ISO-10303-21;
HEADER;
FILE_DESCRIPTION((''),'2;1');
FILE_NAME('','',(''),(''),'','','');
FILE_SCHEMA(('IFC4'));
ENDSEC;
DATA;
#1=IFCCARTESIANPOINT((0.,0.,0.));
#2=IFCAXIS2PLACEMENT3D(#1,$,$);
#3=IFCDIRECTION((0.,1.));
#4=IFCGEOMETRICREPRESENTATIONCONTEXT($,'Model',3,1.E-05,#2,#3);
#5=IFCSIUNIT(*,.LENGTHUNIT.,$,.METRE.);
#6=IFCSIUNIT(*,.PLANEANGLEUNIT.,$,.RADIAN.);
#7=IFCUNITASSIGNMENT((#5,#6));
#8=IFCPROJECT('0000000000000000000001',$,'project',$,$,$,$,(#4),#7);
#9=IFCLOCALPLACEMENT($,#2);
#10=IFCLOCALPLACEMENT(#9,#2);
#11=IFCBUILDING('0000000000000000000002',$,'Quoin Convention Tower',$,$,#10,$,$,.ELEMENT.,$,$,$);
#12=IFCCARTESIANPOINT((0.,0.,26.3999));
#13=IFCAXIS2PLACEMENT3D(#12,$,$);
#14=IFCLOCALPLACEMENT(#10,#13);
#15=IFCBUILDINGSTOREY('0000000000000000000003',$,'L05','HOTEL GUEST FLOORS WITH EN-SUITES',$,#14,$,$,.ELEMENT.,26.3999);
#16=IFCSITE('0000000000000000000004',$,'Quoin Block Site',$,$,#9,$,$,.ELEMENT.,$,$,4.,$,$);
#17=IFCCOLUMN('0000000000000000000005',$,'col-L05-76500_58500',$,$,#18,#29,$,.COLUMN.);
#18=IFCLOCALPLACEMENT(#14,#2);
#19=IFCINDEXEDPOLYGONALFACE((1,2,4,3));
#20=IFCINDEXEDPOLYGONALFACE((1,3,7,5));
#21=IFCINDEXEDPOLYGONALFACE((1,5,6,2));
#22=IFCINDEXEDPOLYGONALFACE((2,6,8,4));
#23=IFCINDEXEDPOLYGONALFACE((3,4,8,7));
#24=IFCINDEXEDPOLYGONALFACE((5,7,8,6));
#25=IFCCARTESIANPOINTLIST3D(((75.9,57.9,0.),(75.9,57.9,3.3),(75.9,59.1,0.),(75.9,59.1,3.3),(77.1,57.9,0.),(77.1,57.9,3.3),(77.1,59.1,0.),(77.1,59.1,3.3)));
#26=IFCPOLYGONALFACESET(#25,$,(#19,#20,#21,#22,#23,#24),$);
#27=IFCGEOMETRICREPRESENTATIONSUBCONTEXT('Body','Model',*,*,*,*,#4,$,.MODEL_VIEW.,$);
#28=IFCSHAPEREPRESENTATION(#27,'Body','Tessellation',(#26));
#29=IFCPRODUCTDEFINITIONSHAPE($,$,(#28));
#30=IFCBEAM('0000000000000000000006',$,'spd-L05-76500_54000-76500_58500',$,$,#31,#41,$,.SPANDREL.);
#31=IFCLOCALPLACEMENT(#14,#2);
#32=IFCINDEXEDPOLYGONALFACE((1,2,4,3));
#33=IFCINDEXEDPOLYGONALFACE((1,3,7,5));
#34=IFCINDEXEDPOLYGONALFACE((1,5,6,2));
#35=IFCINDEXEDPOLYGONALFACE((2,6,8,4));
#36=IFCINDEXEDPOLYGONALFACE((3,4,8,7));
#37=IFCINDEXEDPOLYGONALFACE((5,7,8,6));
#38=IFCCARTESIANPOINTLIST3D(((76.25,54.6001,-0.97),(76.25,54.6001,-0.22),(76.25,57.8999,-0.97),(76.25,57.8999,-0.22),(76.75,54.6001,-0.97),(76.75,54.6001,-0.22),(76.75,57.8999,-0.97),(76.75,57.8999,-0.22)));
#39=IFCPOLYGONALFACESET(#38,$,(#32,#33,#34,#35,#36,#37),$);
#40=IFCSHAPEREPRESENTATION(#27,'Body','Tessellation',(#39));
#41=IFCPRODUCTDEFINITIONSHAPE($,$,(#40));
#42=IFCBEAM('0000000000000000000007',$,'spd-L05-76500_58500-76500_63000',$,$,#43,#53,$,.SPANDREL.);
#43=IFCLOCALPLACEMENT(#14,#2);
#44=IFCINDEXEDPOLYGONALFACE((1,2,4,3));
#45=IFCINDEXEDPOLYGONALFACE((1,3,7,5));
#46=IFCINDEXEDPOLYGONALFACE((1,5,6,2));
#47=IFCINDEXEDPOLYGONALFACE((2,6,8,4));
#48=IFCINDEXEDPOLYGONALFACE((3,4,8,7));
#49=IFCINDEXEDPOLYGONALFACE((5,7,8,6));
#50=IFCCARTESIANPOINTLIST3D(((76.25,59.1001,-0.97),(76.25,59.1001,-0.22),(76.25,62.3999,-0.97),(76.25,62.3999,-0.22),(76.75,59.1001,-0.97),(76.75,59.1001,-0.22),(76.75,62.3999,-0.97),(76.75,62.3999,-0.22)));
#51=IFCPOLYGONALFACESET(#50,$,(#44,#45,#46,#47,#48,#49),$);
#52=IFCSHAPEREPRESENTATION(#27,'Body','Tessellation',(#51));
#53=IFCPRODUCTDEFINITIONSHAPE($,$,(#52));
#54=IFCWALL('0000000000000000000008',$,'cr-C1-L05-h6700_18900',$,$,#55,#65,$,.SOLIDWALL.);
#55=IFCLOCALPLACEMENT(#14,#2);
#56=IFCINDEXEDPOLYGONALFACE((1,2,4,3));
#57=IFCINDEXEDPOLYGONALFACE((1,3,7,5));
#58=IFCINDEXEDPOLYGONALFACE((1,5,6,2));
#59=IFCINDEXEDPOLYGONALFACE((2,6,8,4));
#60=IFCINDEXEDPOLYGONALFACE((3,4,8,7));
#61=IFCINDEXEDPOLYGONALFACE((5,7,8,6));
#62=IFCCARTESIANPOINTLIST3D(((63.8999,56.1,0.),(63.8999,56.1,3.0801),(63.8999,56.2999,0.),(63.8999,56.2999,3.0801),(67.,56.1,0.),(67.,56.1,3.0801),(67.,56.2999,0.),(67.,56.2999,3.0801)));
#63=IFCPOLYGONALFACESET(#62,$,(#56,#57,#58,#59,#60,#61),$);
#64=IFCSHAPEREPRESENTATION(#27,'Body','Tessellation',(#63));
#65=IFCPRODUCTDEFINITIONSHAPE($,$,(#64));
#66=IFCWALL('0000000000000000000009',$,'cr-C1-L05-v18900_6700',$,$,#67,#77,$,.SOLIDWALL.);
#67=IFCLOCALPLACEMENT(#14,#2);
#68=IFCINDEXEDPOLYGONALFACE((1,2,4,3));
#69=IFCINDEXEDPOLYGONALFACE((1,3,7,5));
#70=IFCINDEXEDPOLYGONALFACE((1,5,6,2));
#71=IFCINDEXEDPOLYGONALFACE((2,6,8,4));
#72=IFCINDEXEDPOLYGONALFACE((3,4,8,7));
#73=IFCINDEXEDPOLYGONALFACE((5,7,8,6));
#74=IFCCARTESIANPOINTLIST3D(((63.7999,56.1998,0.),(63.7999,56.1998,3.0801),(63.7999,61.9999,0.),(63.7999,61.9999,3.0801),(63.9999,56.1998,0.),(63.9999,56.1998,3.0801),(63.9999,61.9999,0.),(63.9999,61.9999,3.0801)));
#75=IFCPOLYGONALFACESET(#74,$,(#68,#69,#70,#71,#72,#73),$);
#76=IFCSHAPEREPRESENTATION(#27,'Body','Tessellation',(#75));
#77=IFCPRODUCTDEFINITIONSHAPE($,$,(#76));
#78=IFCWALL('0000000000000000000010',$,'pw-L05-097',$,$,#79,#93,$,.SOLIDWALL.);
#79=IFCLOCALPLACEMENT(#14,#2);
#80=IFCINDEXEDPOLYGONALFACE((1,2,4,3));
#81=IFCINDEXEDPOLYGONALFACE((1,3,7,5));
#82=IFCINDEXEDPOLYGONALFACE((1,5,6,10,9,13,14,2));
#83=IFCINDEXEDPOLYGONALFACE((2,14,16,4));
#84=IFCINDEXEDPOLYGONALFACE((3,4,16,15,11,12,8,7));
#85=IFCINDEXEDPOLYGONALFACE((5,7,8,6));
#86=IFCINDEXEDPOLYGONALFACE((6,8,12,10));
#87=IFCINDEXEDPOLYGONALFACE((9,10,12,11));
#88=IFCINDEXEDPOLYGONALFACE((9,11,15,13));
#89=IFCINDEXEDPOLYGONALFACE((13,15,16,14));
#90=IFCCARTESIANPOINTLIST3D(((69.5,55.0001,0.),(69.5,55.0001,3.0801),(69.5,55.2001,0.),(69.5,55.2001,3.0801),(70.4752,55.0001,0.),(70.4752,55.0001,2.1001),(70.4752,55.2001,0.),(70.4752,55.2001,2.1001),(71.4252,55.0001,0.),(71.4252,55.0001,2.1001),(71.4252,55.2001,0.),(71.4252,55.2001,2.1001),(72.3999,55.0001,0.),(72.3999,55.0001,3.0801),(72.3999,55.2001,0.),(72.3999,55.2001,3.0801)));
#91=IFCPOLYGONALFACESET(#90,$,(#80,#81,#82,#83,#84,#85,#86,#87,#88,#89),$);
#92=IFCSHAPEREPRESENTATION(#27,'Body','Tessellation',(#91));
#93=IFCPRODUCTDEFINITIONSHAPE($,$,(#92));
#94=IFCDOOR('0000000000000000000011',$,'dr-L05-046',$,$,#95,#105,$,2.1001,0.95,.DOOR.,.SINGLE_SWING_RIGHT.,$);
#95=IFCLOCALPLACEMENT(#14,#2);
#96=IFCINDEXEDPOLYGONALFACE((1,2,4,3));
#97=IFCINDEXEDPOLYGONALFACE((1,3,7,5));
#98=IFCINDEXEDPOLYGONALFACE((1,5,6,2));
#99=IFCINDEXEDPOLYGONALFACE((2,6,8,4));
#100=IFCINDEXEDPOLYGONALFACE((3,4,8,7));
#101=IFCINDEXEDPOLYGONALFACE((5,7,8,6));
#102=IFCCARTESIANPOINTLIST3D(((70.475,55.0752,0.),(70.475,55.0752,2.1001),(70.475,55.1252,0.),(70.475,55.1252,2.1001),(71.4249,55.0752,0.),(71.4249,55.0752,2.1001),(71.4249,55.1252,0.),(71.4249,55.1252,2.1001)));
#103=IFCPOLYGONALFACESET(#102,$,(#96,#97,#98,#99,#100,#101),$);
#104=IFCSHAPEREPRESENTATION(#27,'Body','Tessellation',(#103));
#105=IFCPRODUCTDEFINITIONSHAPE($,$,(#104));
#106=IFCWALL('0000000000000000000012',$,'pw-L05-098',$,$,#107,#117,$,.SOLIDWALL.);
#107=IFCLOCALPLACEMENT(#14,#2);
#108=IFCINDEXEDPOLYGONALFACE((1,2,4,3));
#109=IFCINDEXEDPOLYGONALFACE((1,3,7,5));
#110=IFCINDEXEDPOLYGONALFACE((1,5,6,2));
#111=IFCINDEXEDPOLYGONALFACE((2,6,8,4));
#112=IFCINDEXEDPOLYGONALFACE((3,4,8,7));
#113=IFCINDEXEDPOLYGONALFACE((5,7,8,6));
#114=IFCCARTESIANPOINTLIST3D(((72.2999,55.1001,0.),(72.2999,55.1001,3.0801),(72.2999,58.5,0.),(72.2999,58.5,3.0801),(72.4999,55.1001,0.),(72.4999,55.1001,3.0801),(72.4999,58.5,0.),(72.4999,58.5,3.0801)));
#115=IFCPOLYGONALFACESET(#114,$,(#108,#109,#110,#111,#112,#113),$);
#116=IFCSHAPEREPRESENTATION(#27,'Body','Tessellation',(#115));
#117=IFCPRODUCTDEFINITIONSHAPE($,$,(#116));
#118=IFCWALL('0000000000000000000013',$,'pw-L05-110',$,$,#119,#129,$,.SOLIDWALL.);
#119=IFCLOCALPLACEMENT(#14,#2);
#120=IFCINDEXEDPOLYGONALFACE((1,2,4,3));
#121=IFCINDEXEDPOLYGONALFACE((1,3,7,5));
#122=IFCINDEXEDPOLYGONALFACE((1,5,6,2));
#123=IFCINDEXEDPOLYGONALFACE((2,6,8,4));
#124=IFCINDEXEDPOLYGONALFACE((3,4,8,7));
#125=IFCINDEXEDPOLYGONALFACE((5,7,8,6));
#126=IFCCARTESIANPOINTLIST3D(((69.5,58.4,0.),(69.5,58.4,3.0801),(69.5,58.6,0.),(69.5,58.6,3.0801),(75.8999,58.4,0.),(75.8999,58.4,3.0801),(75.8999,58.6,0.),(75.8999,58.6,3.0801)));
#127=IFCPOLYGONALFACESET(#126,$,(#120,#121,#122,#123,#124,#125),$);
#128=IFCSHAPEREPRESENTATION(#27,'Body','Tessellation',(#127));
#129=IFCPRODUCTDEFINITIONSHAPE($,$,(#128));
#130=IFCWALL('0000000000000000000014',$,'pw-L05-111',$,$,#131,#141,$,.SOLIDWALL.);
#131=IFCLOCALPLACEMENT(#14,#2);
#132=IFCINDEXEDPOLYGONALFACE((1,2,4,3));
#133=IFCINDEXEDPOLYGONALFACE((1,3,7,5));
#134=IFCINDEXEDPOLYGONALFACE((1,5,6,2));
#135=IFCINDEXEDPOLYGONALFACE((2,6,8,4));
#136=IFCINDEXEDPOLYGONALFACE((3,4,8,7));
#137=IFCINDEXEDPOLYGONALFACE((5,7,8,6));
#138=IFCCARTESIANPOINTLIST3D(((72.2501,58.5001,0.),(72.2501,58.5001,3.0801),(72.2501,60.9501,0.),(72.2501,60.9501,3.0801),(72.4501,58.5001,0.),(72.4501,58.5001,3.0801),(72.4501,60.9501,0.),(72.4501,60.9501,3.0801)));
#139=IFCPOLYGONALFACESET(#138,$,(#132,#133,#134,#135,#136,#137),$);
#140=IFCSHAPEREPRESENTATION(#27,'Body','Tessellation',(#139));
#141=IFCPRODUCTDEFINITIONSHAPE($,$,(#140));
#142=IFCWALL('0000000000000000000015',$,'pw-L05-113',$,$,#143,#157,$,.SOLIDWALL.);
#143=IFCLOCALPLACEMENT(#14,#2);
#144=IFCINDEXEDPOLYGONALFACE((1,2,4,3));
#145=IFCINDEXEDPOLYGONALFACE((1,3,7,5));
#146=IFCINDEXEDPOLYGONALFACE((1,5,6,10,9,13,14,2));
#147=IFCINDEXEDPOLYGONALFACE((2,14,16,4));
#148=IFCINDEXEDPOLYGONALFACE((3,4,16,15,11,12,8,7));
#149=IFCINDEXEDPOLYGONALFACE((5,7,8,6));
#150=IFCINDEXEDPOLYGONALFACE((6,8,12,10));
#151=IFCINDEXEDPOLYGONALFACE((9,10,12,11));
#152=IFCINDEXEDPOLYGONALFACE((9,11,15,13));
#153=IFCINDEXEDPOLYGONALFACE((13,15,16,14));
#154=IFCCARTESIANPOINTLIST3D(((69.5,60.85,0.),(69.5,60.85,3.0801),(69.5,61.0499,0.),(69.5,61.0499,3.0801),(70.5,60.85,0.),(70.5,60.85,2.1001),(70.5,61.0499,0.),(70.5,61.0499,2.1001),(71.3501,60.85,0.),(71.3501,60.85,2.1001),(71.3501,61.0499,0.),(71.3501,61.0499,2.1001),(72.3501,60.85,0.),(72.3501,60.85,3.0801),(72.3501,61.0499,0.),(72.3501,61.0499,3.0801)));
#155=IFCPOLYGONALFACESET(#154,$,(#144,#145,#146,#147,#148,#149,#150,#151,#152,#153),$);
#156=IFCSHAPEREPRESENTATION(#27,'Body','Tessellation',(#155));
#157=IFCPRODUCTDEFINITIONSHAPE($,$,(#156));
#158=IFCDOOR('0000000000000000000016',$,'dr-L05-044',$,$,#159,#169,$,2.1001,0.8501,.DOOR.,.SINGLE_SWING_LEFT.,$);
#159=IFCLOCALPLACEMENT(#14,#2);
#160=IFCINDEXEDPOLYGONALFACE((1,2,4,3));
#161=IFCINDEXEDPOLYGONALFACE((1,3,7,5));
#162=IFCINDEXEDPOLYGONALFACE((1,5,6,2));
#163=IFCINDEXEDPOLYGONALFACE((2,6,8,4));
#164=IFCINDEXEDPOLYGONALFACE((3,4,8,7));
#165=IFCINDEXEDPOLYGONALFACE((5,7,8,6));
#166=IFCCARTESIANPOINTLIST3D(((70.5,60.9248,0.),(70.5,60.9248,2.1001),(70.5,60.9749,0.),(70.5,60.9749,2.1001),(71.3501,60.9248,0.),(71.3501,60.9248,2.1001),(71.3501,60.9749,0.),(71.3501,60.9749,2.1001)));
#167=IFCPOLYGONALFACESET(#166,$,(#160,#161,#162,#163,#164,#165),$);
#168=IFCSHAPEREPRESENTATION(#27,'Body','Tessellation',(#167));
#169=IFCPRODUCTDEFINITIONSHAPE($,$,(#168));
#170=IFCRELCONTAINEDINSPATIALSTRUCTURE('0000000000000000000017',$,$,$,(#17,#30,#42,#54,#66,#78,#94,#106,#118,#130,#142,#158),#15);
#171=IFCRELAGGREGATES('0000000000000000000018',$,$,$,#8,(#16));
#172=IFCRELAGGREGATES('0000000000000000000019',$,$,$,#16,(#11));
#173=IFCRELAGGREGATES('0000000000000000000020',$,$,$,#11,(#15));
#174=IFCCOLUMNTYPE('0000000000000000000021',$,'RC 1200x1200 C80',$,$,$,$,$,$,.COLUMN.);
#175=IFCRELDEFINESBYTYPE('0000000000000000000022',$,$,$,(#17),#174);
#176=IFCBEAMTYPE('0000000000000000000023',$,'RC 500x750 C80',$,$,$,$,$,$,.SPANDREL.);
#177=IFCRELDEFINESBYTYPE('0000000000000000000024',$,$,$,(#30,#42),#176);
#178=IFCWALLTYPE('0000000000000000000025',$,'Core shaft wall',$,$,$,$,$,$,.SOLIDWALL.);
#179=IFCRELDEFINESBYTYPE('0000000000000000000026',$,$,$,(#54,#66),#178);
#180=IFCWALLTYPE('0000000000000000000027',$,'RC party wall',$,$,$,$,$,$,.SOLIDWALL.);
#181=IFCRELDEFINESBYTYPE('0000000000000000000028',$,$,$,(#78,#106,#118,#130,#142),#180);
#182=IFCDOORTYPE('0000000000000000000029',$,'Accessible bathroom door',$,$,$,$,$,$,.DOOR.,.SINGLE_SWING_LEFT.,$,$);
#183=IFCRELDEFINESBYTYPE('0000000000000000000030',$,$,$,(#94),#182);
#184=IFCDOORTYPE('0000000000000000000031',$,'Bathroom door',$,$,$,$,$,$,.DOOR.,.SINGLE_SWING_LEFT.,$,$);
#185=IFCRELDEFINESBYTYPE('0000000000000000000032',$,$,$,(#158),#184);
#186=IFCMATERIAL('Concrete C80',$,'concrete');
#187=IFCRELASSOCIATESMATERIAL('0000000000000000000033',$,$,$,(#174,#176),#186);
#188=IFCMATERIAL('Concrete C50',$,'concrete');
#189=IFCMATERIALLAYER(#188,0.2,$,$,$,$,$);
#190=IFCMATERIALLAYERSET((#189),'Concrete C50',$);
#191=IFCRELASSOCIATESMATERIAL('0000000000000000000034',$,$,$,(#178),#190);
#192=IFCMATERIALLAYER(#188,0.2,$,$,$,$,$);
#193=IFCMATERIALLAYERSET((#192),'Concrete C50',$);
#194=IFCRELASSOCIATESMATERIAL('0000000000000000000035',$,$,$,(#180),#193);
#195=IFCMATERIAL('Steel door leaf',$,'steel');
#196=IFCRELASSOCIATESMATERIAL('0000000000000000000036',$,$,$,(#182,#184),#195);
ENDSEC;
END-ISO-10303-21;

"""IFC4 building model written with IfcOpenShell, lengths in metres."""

from ifc_helpers import new_model, si_unit, direction, frame, frame_2d, origin, origin_2d, place, context, subcontext, project, spatial, rectangle, extrude, material, layer, layer_set, material_profile, profile_set, type_object, element, fill, save


model = new_model("IFC4")

# Units and contexts
model_context = context("Model", 3, precision=1e-05, world=origin(), true_north=direction((0.0, 1.0)))
body_context = subcontext(model_context, "Body", "Model", "MODEL_VIEW")
ifc_project = project(units=[si_unit("LENGTHUNIT", "METRE"), si_unit("PLANEANGLEUNIT", "RADIAN")], contexts=[model_context])

# Site, building, storey
site_placement = place(None, origin())
site = spatial("IfcSite", under=ifc_project, at=site_placement, Name="Quoin Block Site", CompositionType="ELEMENT", RefElevation=4.0)
building_placement = place(site_placement, origin())
building = spatial("IfcBuilding", under=site, at=building_placement, Name="Quoin Convention Tower", CompositionType="ELEMENT")
storey_placement = place(building_placement, frame((0.0, 0.0, 26.3999)))
storey = spatial("IfcBuildingStorey", under=building, at=storey_placement, Name="L05", Description="HOTEL GUEST FLOORS WITH EN-SUITES", CompositionType="ELEMENT", Elevation=26.3999)

# Column
ifc_material_1 = material(Name="Concrete C80", Category="concrete")
ifc_material_profile_1 = material_profile(ifc_material_1, rectangle(XDim=1.2, YDim=1.2, at=origin_2d()), Name="RC 1200x1200")
ifc_profile_set_1 = profile_set([ifc_material_profile_1], Name="Concrete C80")
column_type = type_object("IfcColumnType", Name="RC 1200x1200 C80", PredefinedType="COLUMN", material=ifc_profile_set_1)
column_placement = place(storey_placement, frame((76.5, 58.5, 0.0), z_axis=(0.0, 0.0, 1.0), x_axis=(1.0, 0.0, 0.0)))
element("IfcColumn", 1, at=column_placement, inside=storey, type_object=column_type, Name="col-L05-76500_58500", PredefinedType="COLUMN", context=body_context, shape_type="SweptSolid", body=[
    extrude(rectangle(XDim=1.2, YDim=1.2, at=origin_2d()), origin(), (0.0, 0.0, 1.0), 3.3),
])

# Beams
ifc_material_profile_2 = material_profile(ifc_material_1, rectangle(XDim=0.5, YDim=0.75, at=origin_2d()), Name="RC 500x750")
ifc_profile_set_2 = profile_set([ifc_material_profile_2], Name="Concrete C80")
beam_type = type_object("IfcBeamType", Name="RC 500x750 C80", PredefinedType="SPANDREL", material=ifc_profile_set_2)
for number, where, z_axis, x_axis, name in (
    (2, (76.5, 54.6001, -0.595), (0.0, 1.0, 0.0), (-1.0, 0.0, 0.0), "spd-L05-76500_54000-76500_58500"),
    (3, (76.5, 59.1001, -0.595), (0.0, 1.0, 0.0), (-1.0, 0.0, 0.0), "spd-L05-76500_58500-76500_63000"),
):
    element("IfcBeam", number, at=place(storey_placement, frame(where, z_axis=z_axis, x_axis=x_axis)), inside=storey, type_object=beam_type, Name=name, PredefinedType="SPANDREL", context=body_context, shape_type="SweptSolid", body=[
        extrude(rectangle(XDim=0.5, YDim=0.75, at=origin_2d()), origin(), (0.0, 0.0, 1.0), 3.2998),
    ])

# Walls
ifc_material_2 = material(Name="Concrete C50", Category="concrete")
ifc_layer_1 = layer(ifc_material_2, 0.2)
ifc_layer_set_1 = layer_set([ifc_layer_1], Name="Concrete C50")
wall_type_1 = type_object("IfcWallType", Name="Core shaft wall", PredefinedType="SOLIDWALL", material=ifc_layer_set_1)
wall_1_placement = place(storey_placement, frame((63.8999, 56.2, 0.0), z_axis=(0.0, 0.0, 1.0), x_axis=(1.0, 0.0, 0.0)))
element("IfcWall", 4, at=wall_1_placement, inside=storey, type_object=wall_type_1, Name="cr-C1-L05-h6700_18900", PredefinedType="SOLIDWALL", context=body_context, shape_type="SweptSolid", body=[
    extrude(rectangle(XDim=3.1001, YDim=0.2, at=frame_2d((1.55, 0.0))), origin(), (0.0, 0.0, 1.0), 3.0801),
])
wall_2_placement = place(storey_placement, frame((63.8999, 56.2, 0.0), z_axis=(0.0, 0.0, 1.0), x_axis=(0.0, 1.0, 0.0)))
element("IfcWall", 5, at=wall_2_placement, inside=storey, type_object=wall_type_1, Name="cr-C1-L05-v18900_6700", PredefinedType="SOLIDWALL", context=body_context, shape_type="SweptSolid", body=[
    extrude(rectangle(XDim=5.8, YDim=0.2, at=frame_2d((2.8999, 0.0))), origin(), (0.0, 0.0, 1.0), 3.0801),
])

# Wall, opening, door
ifc_layer_2 = layer(ifc_material_2, 0.2)
ifc_layer_set_2 = layer_set([ifc_layer_2], Name="Concrete C50")
wall_type_2 = type_object("IfcWallType", Name="RC party wall", PredefinedType="SOLIDWALL", material=ifc_layer_set_2)
wall_3_placement = place(storey_placement, frame((69.5, 55.1001, 0.0), z_axis=(0.0, 0.0, 1.0), x_axis=(1.0, 0.0, 0.0)))
wall_3 = element("IfcWall", 6, at=wall_3_placement, inside=storey, type_object=wall_type_2, Name="pw-L05-097", PredefinedType="SOLIDWALL", context=body_context, shape_type="SweptSolid", body=[
    extrude(rectangle(XDim=2.8999, YDim=0.2, at=frame_2d((1.45, 0.0))), origin(), (0.0, 0.0, 1.0), 3.0801),
])
opening_1_placement = place(wall_3_placement, frame((0.9751, 0.0, 0.0)))
opening_1 = element("IfcOpeningElement", 7, at=opening_1_placement, cuts=wall_3, PredefinedType="OPENING", context=body_context, shape_type="SweptSolid", body=[
    extrude(rectangle(XDim=0.95, YDim=2.1001, at=frame_2d((0.4751, 1.05))), frame((0.0, 0.1099, 0.0), z_axis=(0.0, -1.0, 0.0), x_axis=(1.0, 0.0, 0.0)), (0.0, 0.0, 1.0), 0.22),
])
ifc_material_3 = material(Name="Steel door leaf", Category="steel")
door_type_1 = type_object("IfcDoorType", Name="Accessible bathroom door", OperationType="SINGLE_SWING_LEFT", PredefinedType="DOOR", material=ifc_material_3)
door_1_placement = place(opening_1_placement, frame((0.95, 0.0, 0.0), z_axis=(0.0, 0.0, 1.0), x_axis=(-1.0, 0.0, 0.0)))
door_1 = element("IfcDoor", 8, at=door_1_placement, inside=storey, type_object=door_type_1, Name="dr-L05-046", OperationType="SINGLE_SWING_RIGHT", OverallHeight=2.1001, OverallWidth=0.95, PredefinedType="DOOR", context=body_context, shape_type="SweptSolid", body=[
    extrude(rectangle(XDim=0.95, YDim=2.1001, at=frame_2d((0.4751, 1.05))), frame((0.0, 0.0249, 0.0), z_axis=(0.0, -1.0, 0.0), x_axis=(1.0, 0.0, 0.0)), (0.0, 0.0, 1.0), 0.05),
])
fill(opening_1, door_1)

# Walls
wall_4_placement = place(storey_placement, frame((72.3999, 55.1001, 0.0), z_axis=(0.0, 0.0, 1.0), x_axis=(0.0, 1.0, 0.0)))
element("IfcWall", 9, at=wall_4_placement, inside=storey, type_object=wall_type_2, Name="pw-L05-098", PredefinedType="SOLIDWALL", context=body_context, shape_type="SweptSolid", body=[
    extrude(rectangle(XDim=3.3999, YDim=0.2, at=frame_2d((1.7, 0.0))), origin(), (0.0, 0.0, 1.0), 3.0801),
])
wall_5_placement = place(storey_placement, frame((69.5, 58.5, 0.0), z_axis=(0.0, 0.0, 1.0), x_axis=(1.0, 0.0, 0.0)))
element("IfcWall", 10, at=wall_5_placement, inside=storey, type_object=wall_type_2, Name="pw-L05-110", PredefinedType="SOLIDWALL", context=body_context, shape_type="SweptSolid", body=[
    extrude(rectangle(XDim=6.3999, YDim=0.2, at=frame_2d((3.2, 0.0))), origin(), (0.0, 0.0, 1.0), 3.0801),
])
wall_6_placement = place(storey_placement, frame((72.3501, 58.5, 0.0), z_axis=(0.0, 0.0, 1.0), x_axis=(0.0, 1.0, 0.0)))
element("IfcWall", 11, at=wall_6_placement, inside=storey, type_object=wall_type_2, Name="pw-L05-111", PredefinedType="SOLIDWALL", context=body_context, shape_type="SweptSolid", body=[
    extrude(rectangle(XDim=2.45, YDim=0.2, at=frame_2d((1.2251, 0.0))), origin(), (0.0, 0.0, 1.0), 3.0801),
])

# Wall, opening, door
wall_7_placement = place(storey_placement, frame((69.5, 60.95, 0.0), z_axis=(0.0, 0.0, 1.0), x_axis=(1.0, 0.0, 0.0)))
wall_7 = element("IfcWall", 12, at=wall_7_placement, inside=storey, type_object=wall_type_2, Name="pw-L05-113", PredefinedType="SOLIDWALL", context=body_context, shape_type="SweptSolid", body=[
    extrude(rectangle(XDim=2.8501, YDim=0.2, at=frame_2d((1.425, 0.0))), origin(), (0.0, 0.0, 1.0), 3.0801),
])
opening_2_placement = place(wall_7_placement, frame((1.0, 0.0, 0.0)))
opening_2 = element("IfcOpeningElement", 13, at=opening_2_placement, cuts=wall_7, PredefinedType="OPENING", context=body_context, shape_type="SweptSolid", body=[
    extrude(rectangle(XDim=0.8501, YDim=2.1001, at=frame_2d((0.425, 1.05))), frame((0.0, 0.1099, 0.0), z_axis=(0.0, -1.0, 0.0), x_axis=(1.0, 0.0, 0.0)), (0.0, 0.0, 1.0), 0.22),
])
door_type_2 = type_object("IfcDoorType", Name="Bathroom door", OperationType="SINGLE_SWING_LEFT", PredefinedType="DOOR", material=ifc_material_3)
door_2_placement = place(opening_2_placement, origin())
door_2 = element("IfcDoor", 14, at=door_2_placement, inside=storey, type_object=door_type_2, Name="dr-L05-044", OperationType="SINGLE_SWING_LEFT", OverallHeight=2.1001, OverallWidth=0.8501, PredefinedType="DOOR", context=body_context, shape_type="SweptSolid", body=[
    extrude(rectangle(XDim=0.8501, YDim=2.1001, at=frame_2d((0.425, 1.05))), frame((0.0, 0.0249, 0.0), z_axis=(0.0, -1.0, 0.0), x_axis=(1.0, 0.0, 0.0)), (0.0, 0.0, 1.0), 0.05),
])
fill(opening_2, door_2)

save(model, "model.ifc")
